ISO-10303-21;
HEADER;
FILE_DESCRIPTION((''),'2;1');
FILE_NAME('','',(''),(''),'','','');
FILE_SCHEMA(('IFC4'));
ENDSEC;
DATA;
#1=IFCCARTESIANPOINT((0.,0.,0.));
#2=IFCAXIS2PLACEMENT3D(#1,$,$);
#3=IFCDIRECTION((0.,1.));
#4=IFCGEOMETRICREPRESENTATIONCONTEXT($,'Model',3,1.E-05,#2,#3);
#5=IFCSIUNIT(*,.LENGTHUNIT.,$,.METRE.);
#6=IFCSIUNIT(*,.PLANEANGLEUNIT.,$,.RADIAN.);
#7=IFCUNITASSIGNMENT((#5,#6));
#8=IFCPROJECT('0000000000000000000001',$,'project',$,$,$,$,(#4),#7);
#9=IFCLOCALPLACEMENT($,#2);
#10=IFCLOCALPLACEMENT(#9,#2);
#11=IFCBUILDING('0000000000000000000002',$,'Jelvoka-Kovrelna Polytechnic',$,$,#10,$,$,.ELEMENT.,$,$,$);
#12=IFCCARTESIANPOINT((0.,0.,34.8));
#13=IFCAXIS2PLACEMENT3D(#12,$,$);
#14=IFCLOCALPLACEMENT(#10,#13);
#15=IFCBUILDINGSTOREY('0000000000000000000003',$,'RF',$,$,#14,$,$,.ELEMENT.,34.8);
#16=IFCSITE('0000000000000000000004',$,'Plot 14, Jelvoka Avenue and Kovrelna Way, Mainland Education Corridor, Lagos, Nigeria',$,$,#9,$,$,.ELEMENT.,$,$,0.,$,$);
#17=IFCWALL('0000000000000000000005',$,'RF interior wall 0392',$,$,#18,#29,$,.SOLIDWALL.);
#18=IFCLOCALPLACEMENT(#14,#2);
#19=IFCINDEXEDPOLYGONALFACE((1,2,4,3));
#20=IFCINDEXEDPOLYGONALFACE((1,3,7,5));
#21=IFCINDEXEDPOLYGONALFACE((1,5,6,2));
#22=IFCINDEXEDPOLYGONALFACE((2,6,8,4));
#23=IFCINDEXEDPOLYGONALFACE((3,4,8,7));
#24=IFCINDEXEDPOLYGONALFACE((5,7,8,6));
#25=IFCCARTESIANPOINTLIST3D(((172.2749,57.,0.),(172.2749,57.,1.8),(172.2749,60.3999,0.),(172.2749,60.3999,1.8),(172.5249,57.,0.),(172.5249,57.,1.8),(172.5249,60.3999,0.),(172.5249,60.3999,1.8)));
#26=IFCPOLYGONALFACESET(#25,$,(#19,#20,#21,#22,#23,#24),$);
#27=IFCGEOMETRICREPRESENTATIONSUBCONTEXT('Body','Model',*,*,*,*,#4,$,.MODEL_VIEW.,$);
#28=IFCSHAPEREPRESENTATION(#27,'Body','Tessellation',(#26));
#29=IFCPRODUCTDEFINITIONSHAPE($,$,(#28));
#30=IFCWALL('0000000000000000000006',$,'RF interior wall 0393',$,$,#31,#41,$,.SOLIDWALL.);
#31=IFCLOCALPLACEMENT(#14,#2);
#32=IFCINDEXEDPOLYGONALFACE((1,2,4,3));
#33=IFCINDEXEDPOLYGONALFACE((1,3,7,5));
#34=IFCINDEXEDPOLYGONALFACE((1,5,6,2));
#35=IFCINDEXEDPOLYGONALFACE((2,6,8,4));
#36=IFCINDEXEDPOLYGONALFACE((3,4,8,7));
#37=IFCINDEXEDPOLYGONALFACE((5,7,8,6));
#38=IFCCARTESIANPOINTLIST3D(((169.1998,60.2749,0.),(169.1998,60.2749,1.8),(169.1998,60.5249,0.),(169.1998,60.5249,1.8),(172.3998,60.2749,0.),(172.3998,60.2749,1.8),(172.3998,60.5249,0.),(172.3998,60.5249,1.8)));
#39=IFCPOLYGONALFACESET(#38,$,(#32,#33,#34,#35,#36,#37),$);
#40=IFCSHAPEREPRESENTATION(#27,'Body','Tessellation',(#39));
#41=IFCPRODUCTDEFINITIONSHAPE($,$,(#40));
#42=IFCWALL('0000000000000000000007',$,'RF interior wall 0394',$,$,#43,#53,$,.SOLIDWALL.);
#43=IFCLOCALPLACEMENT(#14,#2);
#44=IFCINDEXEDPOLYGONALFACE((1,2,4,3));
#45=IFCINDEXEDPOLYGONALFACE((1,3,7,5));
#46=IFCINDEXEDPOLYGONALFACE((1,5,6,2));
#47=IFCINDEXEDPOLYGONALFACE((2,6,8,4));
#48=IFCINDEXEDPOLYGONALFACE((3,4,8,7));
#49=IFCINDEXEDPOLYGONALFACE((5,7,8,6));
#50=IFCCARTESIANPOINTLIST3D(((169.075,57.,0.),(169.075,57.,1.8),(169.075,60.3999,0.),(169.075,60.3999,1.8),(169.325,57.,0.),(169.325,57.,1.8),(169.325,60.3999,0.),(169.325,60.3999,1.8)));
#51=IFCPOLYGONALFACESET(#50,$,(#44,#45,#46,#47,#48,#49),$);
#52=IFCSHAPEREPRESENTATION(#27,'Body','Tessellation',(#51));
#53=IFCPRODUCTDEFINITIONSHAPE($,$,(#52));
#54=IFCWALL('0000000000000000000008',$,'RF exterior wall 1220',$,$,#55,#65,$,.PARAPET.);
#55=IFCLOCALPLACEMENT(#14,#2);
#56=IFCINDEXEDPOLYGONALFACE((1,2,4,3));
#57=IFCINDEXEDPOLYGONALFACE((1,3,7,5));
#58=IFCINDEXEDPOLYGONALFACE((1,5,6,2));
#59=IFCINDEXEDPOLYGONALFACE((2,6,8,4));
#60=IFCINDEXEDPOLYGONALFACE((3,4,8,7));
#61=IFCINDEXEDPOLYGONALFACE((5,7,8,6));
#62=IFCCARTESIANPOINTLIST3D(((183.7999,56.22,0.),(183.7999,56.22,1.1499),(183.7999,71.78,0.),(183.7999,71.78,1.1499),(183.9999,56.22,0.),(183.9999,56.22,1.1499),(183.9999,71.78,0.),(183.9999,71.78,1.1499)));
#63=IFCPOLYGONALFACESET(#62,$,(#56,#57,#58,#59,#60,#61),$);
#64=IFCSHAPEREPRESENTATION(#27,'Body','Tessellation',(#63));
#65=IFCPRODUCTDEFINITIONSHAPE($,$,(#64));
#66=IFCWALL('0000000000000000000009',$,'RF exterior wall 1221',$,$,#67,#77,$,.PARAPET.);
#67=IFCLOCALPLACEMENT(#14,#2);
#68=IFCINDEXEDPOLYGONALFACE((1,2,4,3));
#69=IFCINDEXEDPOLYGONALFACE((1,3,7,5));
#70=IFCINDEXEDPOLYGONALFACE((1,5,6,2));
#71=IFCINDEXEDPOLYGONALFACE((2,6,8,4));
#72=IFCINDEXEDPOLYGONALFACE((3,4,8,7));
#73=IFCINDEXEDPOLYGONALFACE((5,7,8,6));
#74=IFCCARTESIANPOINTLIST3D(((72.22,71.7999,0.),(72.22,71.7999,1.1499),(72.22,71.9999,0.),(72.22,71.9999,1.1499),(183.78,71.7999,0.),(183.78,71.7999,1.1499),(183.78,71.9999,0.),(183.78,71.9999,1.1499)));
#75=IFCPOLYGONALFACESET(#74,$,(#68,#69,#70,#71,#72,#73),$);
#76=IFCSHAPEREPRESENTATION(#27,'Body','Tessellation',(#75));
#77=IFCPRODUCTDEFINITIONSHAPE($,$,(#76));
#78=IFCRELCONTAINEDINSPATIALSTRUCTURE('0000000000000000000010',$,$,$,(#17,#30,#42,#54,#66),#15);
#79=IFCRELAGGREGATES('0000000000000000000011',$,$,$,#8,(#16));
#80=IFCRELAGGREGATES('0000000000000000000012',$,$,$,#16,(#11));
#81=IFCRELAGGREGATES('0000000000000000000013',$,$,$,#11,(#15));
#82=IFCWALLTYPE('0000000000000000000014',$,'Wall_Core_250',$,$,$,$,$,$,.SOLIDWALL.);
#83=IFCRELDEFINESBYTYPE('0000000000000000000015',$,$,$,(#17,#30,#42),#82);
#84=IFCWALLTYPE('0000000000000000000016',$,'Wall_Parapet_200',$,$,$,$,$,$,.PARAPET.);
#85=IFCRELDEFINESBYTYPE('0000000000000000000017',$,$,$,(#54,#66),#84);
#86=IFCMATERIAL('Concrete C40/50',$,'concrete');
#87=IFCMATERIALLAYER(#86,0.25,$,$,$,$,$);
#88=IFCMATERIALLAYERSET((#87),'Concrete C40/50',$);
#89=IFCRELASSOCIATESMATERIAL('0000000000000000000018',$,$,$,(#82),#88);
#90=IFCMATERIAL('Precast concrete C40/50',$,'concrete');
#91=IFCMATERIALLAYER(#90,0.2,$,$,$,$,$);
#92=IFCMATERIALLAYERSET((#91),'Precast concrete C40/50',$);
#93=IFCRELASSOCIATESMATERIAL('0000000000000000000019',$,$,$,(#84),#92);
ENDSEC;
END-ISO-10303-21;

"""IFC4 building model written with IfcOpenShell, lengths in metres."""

from ifc_helpers import new_model, si_unit, direction, frame, frame_2d, origin, place, context, subcontext, project, spatial, rectangle, extrude, material, layer, layer_set, type_object, element, save


model = new_model("IFC4")

# Units and contexts
model_context = context("Model", 3, precision=1e-05, world=origin(), true_north=direction((0.0, 1.0)))
body_context = subcontext(model_context, "Body", "Model", "MODEL_VIEW")
ifc_project = project(units=[si_unit("LENGTHUNIT", "METRE"), si_unit("PLANEANGLEUNIT", "RADIAN")], contexts=[model_context])

# Site, building, storey
site_placement = place(None, origin())
site = spatial("IfcSite", under=ifc_project, at=site_placement, Name="Plot 14, Jelvoka Avenue and Kovrelna Way, Mainland Education Corridor, Lagos, Nigeria", CompositionType="ELEMENT", RefElevation=0.0)
building_placement = place(site_placement, origin())
building = spatial("IfcBuilding", under=site, at=building_placement, Name="Jelvoka-Kovrelna Polytechnic", CompositionType="ELEMENT")
storey_placement = place(building_placement, frame((0.0, 0.0, 34.8)))
storey = spatial("IfcBuildingStorey", under=building, at=storey_placement, Name="RF", CompositionType="ELEMENT", Elevation=34.8)

# Walls
ifc_material_1 = material(Name="Concrete C40/50", Category="concrete")
ifc_layer_1 = layer(ifc_material_1, 0.25)
ifc_layer_set_1 = layer_set([ifc_layer_1], Name="Concrete C40/50")
wall_type_1 = type_object("IfcWallType", Name="Wall_Core_250", PredefinedType="SOLIDWALL", material=ifc_layer_set_1)
wall_1_placement = place(storey_placement, frame((172.3999, 57.0, 0.0), z_axis=(0.0, 0.0, 1.0), x_axis=(0.0, 1.0, 0.0)))
element("IfcWall", 1, at=wall_1_placement, inside=storey, type_object=wall_type_1, Name="RF interior wall 0392", PredefinedType="SOLIDWALL", context=body_context, shape_type="SweptSolid", body=[
    extrude(rectangle(XDim=3.3999, YDim=0.25, at=frame_2d((1.7, 0.0))), origin(), (0.0, 0.0, 1.0), 1.8),
])
wall_2_placement = place(storey_placement, frame((172.3999, 60.3999, 0.0), z_axis=(0.0, 0.0, 1.0), x_axis=(-1.0, 0.0, 0.0)))
element("IfcWall", 2, at=wall_2_placement, inside=storey, type_object=wall_type_1, Name="RF interior wall 0393", PredefinedType="SOLIDWALL", context=body_context, shape_type="SweptSolid", body=[
    extrude(rectangle(XDim=3.2, YDim=0.25, at=frame_2d((1.6001, 0.0))), origin(), (0.0, 0.0, 1.0), 1.8),
])
wall_3_placement = place(storey_placement, frame((169.2, 60.3999, 0.0), z_axis=(0.0, 0.0, 1.0), x_axis=(0.0, -1.0, 0.0)))
element("IfcWall", 3, at=wall_3_placement, inside=storey, type_object=wall_type_1, Name="RF interior wall 0394", PredefinedType="SOLIDWALL", context=body_context, shape_type="SweptSolid", body=[
    extrude(rectangle(XDim=3.3999, YDim=0.25, at=frame_2d((1.7, 0.0))), origin(), (0.0, 0.0, 1.0), 1.8),
])
ifc_material_2 = material(Name="Precast concrete C40/50", Category="concrete")
ifc_layer_2 = layer(ifc_material_2, 0.2)
ifc_layer_set_2 = layer_set([ifc_layer_2], Name="Precast concrete C40/50")
wall_type_2 = type_object("IfcWallType", Name="Wall_Parapet_200", PredefinedType="PARAPET", material=ifc_layer_set_2)
wall_4_placement = place(storey_placement, frame((183.8999, 56.22, 0.0), z_axis=(0.0, 0.0, 1.0), x_axis=(0.0, 1.0, 0.0)))
element("IfcWall", 4, at=wall_4_placement, inside=storey, type_object=wall_type_2, Name="RF exterior wall 1220", PredefinedType="PARAPET", context=body_context, shape_type="SweptSolid", body=[
    extrude(rectangle(XDim=15.5601, YDim=0.2, at=frame_2d((7.78, 0.0))), origin(), (0.0, 0.0, 1.0), 1.1499),
])
wall_5_placement = place(storey_placement, frame((183.78, 71.8999, 0.0), z_axis=(0.0, 0.0, 1.0), x_axis=(-1.0, 0.0, 0.0)))
element("IfcWall", 5, at=wall_5_placement, inside=storey, type_object=wall_type_2, Name="RF exterior wall 1221", PredefinedType="PARAPET", context=body_context, shape_type="SweptSolid", body=[
    extrude(rectangle(XDim=111.5601, YDim=0.2, at=frame_2d((55.78, 0.0))), origin(), (0.0, 0.0, 1.0), 1.1499),
])

save(model, "model.ifc")
